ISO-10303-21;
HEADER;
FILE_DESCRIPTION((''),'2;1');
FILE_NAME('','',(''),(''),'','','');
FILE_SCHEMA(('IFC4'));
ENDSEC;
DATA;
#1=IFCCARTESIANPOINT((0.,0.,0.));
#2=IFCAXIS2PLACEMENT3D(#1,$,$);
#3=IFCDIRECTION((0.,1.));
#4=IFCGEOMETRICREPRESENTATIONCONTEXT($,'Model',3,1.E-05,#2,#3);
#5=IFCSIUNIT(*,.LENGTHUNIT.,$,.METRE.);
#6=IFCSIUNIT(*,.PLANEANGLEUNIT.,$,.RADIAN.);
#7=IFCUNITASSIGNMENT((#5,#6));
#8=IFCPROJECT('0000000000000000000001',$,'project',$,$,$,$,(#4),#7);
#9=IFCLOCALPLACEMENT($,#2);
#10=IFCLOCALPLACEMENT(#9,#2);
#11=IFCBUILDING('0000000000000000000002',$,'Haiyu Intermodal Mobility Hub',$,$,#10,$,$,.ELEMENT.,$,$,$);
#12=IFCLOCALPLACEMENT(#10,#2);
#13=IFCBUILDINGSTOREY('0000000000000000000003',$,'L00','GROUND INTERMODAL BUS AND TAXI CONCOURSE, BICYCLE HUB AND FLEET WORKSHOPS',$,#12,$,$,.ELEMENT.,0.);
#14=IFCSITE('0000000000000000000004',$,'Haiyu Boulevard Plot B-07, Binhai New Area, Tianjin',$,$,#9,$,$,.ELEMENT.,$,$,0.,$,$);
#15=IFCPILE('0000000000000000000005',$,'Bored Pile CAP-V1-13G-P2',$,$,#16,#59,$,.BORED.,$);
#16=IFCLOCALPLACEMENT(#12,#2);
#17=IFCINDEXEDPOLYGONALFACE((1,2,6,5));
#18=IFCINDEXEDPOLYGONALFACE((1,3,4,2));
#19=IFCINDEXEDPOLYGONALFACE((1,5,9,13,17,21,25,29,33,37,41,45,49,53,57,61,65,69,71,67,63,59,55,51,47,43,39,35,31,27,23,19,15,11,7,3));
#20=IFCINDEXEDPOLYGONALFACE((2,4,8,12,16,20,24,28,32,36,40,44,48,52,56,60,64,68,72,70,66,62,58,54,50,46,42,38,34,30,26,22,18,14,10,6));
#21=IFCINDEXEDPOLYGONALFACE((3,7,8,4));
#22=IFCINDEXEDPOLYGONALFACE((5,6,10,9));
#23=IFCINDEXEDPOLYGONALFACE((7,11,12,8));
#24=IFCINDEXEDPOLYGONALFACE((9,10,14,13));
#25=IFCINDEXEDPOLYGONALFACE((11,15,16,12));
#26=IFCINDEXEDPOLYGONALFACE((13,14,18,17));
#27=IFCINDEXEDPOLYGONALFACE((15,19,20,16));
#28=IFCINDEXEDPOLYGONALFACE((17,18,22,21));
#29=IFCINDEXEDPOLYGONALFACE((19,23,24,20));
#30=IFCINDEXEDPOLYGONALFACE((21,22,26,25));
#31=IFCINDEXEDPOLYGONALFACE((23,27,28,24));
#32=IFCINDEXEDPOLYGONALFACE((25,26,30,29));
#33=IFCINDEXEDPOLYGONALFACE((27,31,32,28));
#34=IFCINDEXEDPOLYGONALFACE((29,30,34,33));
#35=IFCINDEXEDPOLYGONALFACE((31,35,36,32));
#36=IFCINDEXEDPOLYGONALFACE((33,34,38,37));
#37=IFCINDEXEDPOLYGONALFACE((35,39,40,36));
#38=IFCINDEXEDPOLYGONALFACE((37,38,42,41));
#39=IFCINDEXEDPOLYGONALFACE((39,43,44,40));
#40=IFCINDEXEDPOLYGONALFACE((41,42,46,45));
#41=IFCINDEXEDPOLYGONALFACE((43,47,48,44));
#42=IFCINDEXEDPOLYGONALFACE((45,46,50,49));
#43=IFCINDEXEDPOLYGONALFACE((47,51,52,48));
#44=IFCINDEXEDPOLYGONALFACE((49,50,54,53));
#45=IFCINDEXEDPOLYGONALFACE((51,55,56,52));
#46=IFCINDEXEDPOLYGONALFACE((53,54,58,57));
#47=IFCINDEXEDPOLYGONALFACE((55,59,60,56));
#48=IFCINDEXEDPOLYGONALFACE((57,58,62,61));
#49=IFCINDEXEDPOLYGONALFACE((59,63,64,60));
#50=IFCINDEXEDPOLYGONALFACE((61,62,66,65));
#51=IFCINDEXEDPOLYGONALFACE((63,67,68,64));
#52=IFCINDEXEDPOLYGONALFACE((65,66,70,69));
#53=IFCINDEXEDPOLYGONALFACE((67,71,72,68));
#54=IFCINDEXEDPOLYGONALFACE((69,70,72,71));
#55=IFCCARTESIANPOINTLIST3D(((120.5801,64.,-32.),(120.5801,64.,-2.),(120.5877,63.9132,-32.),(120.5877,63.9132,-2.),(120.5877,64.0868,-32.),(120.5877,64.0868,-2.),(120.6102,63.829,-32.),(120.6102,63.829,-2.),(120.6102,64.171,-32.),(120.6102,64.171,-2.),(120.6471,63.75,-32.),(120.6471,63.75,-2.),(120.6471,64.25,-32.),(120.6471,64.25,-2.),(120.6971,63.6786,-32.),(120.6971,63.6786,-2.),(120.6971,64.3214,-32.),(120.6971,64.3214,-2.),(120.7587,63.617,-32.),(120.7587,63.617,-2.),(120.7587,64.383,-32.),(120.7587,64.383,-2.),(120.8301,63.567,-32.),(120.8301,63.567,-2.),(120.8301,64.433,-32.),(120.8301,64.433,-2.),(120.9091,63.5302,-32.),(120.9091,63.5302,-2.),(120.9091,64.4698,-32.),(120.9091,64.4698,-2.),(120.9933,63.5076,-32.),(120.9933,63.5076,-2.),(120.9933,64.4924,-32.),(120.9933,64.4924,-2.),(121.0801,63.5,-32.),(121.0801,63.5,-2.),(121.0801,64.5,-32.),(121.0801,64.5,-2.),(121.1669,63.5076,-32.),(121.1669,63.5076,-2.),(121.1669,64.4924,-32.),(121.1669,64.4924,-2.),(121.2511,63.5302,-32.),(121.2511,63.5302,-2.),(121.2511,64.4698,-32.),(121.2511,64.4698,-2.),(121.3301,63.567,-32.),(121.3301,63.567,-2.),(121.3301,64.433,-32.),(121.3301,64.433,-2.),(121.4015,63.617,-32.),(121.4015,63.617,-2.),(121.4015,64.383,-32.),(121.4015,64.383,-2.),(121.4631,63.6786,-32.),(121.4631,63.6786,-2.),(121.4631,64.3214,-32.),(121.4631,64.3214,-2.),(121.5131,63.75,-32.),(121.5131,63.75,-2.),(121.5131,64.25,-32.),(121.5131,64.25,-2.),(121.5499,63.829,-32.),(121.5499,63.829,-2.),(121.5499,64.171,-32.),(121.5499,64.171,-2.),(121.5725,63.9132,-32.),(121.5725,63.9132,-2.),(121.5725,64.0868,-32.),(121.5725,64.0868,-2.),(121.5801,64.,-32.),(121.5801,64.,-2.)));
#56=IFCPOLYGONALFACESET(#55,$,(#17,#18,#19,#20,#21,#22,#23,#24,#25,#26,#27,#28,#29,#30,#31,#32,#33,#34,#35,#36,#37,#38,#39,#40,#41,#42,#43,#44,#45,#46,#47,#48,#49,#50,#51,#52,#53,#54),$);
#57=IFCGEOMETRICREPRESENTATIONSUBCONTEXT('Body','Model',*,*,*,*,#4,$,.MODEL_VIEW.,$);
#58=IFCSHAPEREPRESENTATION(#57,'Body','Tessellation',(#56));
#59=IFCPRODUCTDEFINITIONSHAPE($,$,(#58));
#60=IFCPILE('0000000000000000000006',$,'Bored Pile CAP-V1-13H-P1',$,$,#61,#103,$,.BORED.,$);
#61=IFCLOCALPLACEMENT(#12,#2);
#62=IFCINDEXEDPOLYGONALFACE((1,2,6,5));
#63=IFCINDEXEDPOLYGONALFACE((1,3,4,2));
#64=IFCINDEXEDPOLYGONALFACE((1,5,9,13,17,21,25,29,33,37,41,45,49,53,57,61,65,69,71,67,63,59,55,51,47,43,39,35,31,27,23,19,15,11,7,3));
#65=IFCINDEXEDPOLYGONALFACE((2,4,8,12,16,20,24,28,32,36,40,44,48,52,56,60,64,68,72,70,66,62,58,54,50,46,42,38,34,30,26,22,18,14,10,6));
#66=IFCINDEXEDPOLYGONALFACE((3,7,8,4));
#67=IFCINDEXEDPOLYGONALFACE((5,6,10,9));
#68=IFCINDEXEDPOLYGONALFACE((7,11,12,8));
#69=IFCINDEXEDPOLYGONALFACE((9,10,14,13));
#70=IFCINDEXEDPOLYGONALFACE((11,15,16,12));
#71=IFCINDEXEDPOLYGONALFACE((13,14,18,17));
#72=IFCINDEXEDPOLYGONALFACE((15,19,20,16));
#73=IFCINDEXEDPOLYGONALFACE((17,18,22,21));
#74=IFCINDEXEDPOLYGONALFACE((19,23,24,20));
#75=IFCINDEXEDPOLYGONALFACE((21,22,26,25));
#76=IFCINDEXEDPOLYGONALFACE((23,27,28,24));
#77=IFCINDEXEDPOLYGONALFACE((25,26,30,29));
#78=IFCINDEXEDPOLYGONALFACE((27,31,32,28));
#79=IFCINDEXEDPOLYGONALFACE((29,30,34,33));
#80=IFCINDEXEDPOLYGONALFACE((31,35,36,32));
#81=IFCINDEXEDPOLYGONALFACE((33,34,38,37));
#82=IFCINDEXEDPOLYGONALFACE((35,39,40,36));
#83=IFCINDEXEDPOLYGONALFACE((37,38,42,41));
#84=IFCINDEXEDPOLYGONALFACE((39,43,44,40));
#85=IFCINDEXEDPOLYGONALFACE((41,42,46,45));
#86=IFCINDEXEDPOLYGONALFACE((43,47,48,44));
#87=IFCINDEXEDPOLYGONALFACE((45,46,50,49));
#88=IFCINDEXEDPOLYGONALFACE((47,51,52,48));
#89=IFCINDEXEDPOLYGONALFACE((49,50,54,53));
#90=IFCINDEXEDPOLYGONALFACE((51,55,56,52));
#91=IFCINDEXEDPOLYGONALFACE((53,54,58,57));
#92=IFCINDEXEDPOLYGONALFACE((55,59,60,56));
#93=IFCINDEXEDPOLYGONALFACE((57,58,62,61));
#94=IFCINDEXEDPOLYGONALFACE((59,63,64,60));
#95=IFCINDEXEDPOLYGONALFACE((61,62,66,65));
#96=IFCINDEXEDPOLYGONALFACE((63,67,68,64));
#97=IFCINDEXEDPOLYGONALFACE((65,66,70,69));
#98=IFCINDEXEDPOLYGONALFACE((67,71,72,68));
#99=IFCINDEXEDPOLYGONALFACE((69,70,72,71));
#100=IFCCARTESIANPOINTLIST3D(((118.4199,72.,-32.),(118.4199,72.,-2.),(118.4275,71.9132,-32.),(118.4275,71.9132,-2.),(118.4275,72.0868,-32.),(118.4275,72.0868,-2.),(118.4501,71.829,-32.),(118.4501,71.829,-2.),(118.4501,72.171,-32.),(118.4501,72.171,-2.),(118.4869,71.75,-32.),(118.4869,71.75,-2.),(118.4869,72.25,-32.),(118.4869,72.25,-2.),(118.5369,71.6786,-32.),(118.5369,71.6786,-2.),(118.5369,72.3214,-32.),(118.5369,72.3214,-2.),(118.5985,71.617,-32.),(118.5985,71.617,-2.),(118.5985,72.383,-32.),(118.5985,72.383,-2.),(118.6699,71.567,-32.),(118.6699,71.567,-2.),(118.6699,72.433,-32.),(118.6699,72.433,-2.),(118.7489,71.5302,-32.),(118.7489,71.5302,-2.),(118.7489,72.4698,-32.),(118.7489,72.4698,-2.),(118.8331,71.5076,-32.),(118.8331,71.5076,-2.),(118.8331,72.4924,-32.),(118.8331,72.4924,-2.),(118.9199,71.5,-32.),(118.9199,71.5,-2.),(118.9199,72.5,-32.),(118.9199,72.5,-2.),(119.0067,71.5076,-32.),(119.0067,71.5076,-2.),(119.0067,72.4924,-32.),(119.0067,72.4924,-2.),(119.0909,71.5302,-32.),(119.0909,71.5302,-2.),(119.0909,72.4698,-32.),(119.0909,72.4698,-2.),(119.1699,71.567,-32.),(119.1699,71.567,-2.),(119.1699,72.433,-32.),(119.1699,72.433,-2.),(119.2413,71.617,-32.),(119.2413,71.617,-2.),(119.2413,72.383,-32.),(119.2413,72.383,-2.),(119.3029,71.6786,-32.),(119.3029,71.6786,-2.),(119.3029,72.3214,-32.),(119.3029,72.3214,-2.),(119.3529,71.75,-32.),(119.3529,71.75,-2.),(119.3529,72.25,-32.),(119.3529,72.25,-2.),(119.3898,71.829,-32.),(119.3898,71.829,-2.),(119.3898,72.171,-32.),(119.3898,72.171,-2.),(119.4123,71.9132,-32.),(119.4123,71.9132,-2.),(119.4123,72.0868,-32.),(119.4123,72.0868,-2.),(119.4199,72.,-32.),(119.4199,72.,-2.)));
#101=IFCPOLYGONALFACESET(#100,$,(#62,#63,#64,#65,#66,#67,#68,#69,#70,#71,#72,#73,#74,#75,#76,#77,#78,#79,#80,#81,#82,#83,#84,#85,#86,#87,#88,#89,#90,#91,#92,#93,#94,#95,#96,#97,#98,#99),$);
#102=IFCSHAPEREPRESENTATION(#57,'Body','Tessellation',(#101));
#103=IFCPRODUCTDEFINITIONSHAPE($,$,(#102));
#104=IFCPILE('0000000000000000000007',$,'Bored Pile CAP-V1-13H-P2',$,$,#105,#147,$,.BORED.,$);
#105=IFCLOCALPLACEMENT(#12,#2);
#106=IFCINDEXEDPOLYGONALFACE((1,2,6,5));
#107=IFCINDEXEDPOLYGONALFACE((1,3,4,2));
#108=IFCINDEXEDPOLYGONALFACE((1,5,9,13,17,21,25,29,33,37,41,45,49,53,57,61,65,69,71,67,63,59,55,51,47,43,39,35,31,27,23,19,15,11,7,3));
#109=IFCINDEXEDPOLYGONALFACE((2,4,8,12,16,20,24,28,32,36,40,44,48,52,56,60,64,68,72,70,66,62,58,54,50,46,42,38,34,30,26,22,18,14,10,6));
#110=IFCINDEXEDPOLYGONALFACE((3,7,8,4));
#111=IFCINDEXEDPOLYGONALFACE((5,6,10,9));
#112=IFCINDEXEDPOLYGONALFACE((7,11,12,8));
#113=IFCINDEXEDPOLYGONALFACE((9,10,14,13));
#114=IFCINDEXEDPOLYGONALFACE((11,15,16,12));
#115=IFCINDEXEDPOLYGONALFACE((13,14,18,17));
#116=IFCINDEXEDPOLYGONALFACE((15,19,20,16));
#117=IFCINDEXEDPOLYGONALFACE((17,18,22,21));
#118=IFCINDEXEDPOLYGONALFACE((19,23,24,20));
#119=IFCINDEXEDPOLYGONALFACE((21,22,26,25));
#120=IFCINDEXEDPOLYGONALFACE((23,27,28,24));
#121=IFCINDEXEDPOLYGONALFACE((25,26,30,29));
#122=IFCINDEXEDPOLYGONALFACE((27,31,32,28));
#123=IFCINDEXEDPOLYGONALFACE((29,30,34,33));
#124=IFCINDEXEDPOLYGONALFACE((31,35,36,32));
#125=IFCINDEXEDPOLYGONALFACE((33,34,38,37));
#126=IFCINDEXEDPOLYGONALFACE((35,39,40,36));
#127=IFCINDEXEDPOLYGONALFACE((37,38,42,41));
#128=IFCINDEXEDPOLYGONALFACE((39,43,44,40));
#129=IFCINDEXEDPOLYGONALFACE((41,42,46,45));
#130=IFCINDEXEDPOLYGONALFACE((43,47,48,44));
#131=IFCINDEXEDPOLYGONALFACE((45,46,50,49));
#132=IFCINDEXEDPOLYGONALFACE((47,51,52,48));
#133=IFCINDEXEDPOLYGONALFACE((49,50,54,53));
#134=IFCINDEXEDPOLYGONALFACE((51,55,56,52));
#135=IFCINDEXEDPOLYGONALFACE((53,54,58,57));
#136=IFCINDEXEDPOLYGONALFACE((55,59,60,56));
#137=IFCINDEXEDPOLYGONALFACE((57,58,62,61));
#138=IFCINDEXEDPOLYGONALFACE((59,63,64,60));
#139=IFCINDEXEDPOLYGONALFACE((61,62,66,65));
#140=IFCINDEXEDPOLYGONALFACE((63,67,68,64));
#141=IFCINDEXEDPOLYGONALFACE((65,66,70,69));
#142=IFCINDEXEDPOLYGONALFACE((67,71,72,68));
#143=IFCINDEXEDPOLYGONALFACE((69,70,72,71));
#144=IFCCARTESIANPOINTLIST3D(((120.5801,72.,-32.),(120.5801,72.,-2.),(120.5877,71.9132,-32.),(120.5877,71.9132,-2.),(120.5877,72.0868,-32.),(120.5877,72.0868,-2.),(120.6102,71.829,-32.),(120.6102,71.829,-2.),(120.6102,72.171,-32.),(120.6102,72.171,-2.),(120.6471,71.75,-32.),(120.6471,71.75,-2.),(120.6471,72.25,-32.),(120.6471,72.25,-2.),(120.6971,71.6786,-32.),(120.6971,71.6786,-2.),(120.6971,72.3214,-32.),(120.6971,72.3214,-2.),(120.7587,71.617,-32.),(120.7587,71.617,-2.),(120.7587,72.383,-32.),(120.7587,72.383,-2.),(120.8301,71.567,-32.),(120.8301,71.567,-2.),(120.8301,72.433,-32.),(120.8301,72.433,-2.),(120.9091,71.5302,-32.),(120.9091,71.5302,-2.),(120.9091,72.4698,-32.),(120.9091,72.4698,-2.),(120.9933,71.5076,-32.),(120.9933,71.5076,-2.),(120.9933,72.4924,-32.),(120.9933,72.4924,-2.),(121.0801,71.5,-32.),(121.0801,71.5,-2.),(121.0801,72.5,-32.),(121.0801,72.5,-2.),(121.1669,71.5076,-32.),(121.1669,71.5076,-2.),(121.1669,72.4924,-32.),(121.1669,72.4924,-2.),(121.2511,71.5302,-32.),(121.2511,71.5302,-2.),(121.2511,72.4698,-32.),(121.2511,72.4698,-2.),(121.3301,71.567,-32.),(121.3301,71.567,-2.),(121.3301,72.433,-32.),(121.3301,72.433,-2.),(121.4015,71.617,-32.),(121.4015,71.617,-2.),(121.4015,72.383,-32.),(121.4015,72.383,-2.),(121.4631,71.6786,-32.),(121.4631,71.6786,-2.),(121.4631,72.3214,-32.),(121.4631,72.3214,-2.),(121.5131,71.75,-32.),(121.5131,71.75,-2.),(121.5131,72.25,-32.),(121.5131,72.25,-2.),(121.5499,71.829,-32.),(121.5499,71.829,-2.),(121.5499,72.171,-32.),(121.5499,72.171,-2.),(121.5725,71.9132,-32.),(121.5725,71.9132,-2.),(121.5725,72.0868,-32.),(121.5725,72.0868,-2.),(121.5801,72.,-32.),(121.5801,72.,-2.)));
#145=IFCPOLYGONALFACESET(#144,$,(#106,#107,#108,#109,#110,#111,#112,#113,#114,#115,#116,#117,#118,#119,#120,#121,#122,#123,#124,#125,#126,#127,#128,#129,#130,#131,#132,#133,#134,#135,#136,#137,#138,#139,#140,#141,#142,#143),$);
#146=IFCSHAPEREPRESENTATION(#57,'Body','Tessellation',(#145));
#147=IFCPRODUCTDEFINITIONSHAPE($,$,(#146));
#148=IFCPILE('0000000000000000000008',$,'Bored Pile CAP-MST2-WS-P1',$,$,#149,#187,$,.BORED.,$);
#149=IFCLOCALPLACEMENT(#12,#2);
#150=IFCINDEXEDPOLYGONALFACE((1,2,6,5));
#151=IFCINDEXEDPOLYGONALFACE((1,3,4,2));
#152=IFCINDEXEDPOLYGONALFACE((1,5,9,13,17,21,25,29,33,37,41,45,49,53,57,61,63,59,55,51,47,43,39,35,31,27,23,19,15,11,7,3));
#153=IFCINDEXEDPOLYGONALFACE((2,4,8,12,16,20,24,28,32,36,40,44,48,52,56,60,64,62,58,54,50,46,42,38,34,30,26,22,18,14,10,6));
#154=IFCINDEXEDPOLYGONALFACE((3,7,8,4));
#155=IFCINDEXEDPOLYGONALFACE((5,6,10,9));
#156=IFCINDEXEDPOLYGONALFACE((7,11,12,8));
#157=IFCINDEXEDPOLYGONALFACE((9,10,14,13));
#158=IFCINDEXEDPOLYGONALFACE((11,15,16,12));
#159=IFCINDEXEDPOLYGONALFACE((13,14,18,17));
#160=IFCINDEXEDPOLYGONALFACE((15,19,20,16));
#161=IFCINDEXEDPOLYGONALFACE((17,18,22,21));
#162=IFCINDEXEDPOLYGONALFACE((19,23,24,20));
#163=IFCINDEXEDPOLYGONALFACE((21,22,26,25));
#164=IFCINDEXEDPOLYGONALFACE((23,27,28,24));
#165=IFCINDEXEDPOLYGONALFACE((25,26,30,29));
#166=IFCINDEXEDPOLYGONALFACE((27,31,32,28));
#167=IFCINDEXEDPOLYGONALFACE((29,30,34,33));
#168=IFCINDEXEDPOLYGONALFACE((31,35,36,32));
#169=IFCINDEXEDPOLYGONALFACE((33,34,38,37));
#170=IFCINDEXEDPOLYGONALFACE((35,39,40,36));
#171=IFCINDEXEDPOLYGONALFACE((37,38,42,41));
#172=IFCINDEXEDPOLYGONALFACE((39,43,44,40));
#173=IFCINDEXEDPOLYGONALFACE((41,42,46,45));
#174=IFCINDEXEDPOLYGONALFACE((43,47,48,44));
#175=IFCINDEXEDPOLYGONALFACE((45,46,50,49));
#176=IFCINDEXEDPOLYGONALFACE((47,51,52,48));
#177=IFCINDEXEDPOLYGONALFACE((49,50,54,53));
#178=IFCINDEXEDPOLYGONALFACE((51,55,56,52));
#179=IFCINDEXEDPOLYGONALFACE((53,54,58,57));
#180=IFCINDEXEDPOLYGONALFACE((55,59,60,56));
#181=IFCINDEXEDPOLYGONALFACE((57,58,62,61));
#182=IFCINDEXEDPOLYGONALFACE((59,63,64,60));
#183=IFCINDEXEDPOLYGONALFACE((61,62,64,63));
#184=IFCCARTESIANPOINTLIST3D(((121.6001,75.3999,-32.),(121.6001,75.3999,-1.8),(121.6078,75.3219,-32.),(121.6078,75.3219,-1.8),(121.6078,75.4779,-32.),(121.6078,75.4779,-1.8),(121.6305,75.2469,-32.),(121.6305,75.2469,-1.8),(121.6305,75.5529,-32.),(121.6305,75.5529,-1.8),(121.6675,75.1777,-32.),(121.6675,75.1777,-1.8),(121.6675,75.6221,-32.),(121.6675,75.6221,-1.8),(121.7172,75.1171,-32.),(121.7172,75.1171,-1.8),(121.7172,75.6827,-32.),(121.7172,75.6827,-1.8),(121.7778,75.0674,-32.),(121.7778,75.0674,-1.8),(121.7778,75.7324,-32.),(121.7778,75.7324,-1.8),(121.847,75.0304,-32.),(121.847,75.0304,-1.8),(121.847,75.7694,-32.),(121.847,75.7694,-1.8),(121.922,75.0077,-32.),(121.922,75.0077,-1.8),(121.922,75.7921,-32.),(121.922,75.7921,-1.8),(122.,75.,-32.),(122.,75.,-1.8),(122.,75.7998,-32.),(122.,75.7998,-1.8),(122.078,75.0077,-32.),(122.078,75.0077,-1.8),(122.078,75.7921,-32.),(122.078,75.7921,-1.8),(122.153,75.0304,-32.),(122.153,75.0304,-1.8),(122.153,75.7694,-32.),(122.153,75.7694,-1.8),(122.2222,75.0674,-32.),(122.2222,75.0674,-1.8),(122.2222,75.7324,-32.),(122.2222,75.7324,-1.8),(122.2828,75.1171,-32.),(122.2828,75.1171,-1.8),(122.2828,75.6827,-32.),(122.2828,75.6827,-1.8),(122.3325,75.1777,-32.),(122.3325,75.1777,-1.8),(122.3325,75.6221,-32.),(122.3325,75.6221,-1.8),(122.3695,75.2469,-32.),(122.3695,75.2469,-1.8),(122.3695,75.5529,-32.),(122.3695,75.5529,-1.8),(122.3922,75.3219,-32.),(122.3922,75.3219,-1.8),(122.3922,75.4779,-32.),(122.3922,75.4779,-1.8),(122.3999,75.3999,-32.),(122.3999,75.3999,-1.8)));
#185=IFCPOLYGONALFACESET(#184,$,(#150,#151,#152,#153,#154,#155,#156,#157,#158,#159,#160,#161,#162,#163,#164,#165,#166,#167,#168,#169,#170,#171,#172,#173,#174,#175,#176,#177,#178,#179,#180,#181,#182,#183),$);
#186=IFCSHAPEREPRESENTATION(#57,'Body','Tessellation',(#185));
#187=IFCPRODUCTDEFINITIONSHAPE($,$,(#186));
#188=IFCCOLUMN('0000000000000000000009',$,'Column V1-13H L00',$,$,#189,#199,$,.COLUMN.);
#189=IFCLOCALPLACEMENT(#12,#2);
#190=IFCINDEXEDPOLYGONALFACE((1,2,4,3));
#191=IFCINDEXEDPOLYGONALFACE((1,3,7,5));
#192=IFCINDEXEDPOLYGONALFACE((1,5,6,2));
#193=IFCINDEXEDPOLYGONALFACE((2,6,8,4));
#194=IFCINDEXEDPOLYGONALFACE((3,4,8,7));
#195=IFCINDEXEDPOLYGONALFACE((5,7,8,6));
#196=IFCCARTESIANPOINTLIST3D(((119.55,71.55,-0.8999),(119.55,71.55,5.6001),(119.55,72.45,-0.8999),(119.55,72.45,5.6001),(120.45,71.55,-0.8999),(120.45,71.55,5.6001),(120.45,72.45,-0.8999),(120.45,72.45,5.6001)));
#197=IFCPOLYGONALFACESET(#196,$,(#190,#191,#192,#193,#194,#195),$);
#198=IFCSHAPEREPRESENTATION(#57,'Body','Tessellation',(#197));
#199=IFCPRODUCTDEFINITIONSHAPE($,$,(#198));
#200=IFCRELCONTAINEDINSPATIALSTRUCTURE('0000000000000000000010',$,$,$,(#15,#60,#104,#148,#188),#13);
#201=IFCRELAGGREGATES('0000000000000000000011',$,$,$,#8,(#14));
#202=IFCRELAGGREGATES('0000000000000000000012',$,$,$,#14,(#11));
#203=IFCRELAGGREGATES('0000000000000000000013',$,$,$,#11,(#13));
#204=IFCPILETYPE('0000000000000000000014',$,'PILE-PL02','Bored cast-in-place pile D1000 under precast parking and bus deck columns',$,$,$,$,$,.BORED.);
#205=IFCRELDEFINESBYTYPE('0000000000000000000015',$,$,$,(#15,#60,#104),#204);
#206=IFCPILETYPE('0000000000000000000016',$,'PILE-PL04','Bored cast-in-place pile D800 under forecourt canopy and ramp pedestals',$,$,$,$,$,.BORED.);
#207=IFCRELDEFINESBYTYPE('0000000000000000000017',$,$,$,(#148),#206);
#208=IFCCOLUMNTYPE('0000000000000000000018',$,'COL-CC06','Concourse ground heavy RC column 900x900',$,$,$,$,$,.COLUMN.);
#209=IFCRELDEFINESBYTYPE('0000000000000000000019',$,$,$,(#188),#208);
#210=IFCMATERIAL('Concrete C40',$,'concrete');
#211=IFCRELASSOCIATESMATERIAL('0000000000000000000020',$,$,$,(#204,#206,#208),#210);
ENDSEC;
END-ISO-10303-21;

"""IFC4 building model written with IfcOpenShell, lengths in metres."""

from ifc_helpers import new_model, si_unit, direction, frame, origin, origin_2d, place, context, subcontext, project, spatial, rectangle, circle, extrude, material, material_profile, profile_set, type_object, element, save


model = new_model("IFC4")

# Units and contexts
model_context = context("Model", 3, precision=1e-05, world=origin(), true_north=direction((0.0, 1.0)))
body_context = subcontext(model_context, "Body", "Model", "MODEL_VIEW")
ifc_project = project(units=[si_unit("LENGTHUNIT", "METRE"), si_unit("PLANEANGLEUNIT", "RADIAN")], contexts=[model_context])

# Site, building, storey
site_placement = place(None, origin())
site = spatial("IfcSite", under=ifc_project, at=site_placement, Name="Haiyu Boulevard Plot B-07, Binhai New Area, Tianjin", CompositionType="ELEMENT", RefElevation=0.0)
building_placement = place(site_placement, origin())
building = spatial("IfcBuilding", under=site, at=building_placement, Name="Haiyu Intermodal Mobility Hub", CompositionType="ELEMENT")
storey_placement = place(building_placement, origin())
storey = spatial("IfcBuildingStorey", under=building, at=storey_placement, Name="L00", Description="GROUND INTERMODAL BUS AND TAXI CONCOURSE, BICYCLE HUB AND FLEET WORKSHOPS", CompositionType="ELEMENT", Elevation=0.0)

# Shared definitions
ifc_material_1 = material(Name="Concrete C40", Category="concrete")

# Piles
ifc_material_profile_1 = material_profile(ifc_material_1, circle(Radius=0.5, at=origin_2d()), Name="PILE-D1000")
ifc_profile_set_1 = profile_set([ifc_material_profile_1], Name="Concrete C40")
pile_type_1 = type_object("IfcPileType", Name="PILE-PL02", Description="Bored cast-in-place pile D1000 under precast parking and bus deck columns", PredefinedType="BORED", material=ifc_profile_set_1)
for number, where, z_axis, x_axis, name in (
    (1, (121.0801, 64.0, -2.0), (0.0, 0.0, -1.0), (1.0, 0.0, 0.0), "Bored Pile CAP-V1-13G-P2"),
    (2, (118.9199, 72.0, -2.0), (0.0, 0.0, -1.0), (1.0, 0.0, 0.0), "Bored Pile CAP-V1-13H-P1"),
    (3, (121.0801, 72.0, -2.0), (0.0, 0.0, -1.0), (1.0, 0.0, 0.0), "Bored Pile CAP-V1-13H-P2"),
):
    element("IfcPile", number, at=place(storey_placement, frame(where, z_axis=z_axis, x_axis=x_axis)), inside=storey, type_object=pile_type_1, Name=name, PredefinedType="BORED", context=body_context, shape_type="SweptSolid", body=[
        extrude(circle(Radius=0.5, at=origin_2d()), origin(), (0.0, 0.0, 1.0), 30.0),
    ])
ifc_material_profile_2 = material_profile(ifc_material_1, circle(Radius=0.3999, at=origin_2d()), Name="PILE-D800")
ifc_profile_set_2 = profile_set([ifc_material_profile_2], Name="Concrete C40")
pile_type_2 = type_object("IfcPileType", Name="PILE-PL04", Description="Bored cast-in-place pile D800 under forecourt canopy and ramp pedestals", PredefinedType="BORED", material=ifc_profile_set_2)
pile_placement = place(storey_placement, frame((122.0, 75.3999, -1.8), z_axis=(0.0, 0.0, -1.0), x_axis=(1.0, 0.0, 0.0)))
element("IfcPile", 4, at=pile_placement, inside=storey, type_object=pile_type_2, Name="Bored Pile CAP-MST2-WS-P1", PredefinedType="BORED", context=body_context, shape_type="SweptSolid", body=[
    extrude(circle(Radius=0.3999, at=origin_2d()), origin(), (0.0, 0.0, 1.0), 30.2),
])

# Column
ifc_material_profile_3 = material_profile(ifc_material_1, rectangle(XDim=0.8999, YDim=0.8999, at=origin_2d()), Name="RC900x900")
ifc_profile_set_3 = profile_set([ifc_material_profile_3], Name="Concrete C40")
column_type_1 = type_object("IfcColumnType", Name="COL-CC06", Description="Concourse ground heavy RC column 900x900", PredefinedType="COLUMN", material=ifc_profile_set_3)
column_1_placement = place(storey_placement, frame((120.0, 72.0, -0.8999), z_axis=(0.0, 0.0, 1.0), x_axis=(1.0, 0.0, 0.0)))
element("IfcColumn", 5, at=column_1_placement, inside=storey, type_object=column_type_1, Name="Column V1-13H L00", PredefinedType="COLUMN", context=body_context, shape_type="SweptSolid", body=[
    extrude(rectangle(XDim=0.8999, YDim=0.8999, at=origin_2d()), origin(), (0.0, 0.0, 1.0), 6.5),
])

save(model, "model.ifc")
